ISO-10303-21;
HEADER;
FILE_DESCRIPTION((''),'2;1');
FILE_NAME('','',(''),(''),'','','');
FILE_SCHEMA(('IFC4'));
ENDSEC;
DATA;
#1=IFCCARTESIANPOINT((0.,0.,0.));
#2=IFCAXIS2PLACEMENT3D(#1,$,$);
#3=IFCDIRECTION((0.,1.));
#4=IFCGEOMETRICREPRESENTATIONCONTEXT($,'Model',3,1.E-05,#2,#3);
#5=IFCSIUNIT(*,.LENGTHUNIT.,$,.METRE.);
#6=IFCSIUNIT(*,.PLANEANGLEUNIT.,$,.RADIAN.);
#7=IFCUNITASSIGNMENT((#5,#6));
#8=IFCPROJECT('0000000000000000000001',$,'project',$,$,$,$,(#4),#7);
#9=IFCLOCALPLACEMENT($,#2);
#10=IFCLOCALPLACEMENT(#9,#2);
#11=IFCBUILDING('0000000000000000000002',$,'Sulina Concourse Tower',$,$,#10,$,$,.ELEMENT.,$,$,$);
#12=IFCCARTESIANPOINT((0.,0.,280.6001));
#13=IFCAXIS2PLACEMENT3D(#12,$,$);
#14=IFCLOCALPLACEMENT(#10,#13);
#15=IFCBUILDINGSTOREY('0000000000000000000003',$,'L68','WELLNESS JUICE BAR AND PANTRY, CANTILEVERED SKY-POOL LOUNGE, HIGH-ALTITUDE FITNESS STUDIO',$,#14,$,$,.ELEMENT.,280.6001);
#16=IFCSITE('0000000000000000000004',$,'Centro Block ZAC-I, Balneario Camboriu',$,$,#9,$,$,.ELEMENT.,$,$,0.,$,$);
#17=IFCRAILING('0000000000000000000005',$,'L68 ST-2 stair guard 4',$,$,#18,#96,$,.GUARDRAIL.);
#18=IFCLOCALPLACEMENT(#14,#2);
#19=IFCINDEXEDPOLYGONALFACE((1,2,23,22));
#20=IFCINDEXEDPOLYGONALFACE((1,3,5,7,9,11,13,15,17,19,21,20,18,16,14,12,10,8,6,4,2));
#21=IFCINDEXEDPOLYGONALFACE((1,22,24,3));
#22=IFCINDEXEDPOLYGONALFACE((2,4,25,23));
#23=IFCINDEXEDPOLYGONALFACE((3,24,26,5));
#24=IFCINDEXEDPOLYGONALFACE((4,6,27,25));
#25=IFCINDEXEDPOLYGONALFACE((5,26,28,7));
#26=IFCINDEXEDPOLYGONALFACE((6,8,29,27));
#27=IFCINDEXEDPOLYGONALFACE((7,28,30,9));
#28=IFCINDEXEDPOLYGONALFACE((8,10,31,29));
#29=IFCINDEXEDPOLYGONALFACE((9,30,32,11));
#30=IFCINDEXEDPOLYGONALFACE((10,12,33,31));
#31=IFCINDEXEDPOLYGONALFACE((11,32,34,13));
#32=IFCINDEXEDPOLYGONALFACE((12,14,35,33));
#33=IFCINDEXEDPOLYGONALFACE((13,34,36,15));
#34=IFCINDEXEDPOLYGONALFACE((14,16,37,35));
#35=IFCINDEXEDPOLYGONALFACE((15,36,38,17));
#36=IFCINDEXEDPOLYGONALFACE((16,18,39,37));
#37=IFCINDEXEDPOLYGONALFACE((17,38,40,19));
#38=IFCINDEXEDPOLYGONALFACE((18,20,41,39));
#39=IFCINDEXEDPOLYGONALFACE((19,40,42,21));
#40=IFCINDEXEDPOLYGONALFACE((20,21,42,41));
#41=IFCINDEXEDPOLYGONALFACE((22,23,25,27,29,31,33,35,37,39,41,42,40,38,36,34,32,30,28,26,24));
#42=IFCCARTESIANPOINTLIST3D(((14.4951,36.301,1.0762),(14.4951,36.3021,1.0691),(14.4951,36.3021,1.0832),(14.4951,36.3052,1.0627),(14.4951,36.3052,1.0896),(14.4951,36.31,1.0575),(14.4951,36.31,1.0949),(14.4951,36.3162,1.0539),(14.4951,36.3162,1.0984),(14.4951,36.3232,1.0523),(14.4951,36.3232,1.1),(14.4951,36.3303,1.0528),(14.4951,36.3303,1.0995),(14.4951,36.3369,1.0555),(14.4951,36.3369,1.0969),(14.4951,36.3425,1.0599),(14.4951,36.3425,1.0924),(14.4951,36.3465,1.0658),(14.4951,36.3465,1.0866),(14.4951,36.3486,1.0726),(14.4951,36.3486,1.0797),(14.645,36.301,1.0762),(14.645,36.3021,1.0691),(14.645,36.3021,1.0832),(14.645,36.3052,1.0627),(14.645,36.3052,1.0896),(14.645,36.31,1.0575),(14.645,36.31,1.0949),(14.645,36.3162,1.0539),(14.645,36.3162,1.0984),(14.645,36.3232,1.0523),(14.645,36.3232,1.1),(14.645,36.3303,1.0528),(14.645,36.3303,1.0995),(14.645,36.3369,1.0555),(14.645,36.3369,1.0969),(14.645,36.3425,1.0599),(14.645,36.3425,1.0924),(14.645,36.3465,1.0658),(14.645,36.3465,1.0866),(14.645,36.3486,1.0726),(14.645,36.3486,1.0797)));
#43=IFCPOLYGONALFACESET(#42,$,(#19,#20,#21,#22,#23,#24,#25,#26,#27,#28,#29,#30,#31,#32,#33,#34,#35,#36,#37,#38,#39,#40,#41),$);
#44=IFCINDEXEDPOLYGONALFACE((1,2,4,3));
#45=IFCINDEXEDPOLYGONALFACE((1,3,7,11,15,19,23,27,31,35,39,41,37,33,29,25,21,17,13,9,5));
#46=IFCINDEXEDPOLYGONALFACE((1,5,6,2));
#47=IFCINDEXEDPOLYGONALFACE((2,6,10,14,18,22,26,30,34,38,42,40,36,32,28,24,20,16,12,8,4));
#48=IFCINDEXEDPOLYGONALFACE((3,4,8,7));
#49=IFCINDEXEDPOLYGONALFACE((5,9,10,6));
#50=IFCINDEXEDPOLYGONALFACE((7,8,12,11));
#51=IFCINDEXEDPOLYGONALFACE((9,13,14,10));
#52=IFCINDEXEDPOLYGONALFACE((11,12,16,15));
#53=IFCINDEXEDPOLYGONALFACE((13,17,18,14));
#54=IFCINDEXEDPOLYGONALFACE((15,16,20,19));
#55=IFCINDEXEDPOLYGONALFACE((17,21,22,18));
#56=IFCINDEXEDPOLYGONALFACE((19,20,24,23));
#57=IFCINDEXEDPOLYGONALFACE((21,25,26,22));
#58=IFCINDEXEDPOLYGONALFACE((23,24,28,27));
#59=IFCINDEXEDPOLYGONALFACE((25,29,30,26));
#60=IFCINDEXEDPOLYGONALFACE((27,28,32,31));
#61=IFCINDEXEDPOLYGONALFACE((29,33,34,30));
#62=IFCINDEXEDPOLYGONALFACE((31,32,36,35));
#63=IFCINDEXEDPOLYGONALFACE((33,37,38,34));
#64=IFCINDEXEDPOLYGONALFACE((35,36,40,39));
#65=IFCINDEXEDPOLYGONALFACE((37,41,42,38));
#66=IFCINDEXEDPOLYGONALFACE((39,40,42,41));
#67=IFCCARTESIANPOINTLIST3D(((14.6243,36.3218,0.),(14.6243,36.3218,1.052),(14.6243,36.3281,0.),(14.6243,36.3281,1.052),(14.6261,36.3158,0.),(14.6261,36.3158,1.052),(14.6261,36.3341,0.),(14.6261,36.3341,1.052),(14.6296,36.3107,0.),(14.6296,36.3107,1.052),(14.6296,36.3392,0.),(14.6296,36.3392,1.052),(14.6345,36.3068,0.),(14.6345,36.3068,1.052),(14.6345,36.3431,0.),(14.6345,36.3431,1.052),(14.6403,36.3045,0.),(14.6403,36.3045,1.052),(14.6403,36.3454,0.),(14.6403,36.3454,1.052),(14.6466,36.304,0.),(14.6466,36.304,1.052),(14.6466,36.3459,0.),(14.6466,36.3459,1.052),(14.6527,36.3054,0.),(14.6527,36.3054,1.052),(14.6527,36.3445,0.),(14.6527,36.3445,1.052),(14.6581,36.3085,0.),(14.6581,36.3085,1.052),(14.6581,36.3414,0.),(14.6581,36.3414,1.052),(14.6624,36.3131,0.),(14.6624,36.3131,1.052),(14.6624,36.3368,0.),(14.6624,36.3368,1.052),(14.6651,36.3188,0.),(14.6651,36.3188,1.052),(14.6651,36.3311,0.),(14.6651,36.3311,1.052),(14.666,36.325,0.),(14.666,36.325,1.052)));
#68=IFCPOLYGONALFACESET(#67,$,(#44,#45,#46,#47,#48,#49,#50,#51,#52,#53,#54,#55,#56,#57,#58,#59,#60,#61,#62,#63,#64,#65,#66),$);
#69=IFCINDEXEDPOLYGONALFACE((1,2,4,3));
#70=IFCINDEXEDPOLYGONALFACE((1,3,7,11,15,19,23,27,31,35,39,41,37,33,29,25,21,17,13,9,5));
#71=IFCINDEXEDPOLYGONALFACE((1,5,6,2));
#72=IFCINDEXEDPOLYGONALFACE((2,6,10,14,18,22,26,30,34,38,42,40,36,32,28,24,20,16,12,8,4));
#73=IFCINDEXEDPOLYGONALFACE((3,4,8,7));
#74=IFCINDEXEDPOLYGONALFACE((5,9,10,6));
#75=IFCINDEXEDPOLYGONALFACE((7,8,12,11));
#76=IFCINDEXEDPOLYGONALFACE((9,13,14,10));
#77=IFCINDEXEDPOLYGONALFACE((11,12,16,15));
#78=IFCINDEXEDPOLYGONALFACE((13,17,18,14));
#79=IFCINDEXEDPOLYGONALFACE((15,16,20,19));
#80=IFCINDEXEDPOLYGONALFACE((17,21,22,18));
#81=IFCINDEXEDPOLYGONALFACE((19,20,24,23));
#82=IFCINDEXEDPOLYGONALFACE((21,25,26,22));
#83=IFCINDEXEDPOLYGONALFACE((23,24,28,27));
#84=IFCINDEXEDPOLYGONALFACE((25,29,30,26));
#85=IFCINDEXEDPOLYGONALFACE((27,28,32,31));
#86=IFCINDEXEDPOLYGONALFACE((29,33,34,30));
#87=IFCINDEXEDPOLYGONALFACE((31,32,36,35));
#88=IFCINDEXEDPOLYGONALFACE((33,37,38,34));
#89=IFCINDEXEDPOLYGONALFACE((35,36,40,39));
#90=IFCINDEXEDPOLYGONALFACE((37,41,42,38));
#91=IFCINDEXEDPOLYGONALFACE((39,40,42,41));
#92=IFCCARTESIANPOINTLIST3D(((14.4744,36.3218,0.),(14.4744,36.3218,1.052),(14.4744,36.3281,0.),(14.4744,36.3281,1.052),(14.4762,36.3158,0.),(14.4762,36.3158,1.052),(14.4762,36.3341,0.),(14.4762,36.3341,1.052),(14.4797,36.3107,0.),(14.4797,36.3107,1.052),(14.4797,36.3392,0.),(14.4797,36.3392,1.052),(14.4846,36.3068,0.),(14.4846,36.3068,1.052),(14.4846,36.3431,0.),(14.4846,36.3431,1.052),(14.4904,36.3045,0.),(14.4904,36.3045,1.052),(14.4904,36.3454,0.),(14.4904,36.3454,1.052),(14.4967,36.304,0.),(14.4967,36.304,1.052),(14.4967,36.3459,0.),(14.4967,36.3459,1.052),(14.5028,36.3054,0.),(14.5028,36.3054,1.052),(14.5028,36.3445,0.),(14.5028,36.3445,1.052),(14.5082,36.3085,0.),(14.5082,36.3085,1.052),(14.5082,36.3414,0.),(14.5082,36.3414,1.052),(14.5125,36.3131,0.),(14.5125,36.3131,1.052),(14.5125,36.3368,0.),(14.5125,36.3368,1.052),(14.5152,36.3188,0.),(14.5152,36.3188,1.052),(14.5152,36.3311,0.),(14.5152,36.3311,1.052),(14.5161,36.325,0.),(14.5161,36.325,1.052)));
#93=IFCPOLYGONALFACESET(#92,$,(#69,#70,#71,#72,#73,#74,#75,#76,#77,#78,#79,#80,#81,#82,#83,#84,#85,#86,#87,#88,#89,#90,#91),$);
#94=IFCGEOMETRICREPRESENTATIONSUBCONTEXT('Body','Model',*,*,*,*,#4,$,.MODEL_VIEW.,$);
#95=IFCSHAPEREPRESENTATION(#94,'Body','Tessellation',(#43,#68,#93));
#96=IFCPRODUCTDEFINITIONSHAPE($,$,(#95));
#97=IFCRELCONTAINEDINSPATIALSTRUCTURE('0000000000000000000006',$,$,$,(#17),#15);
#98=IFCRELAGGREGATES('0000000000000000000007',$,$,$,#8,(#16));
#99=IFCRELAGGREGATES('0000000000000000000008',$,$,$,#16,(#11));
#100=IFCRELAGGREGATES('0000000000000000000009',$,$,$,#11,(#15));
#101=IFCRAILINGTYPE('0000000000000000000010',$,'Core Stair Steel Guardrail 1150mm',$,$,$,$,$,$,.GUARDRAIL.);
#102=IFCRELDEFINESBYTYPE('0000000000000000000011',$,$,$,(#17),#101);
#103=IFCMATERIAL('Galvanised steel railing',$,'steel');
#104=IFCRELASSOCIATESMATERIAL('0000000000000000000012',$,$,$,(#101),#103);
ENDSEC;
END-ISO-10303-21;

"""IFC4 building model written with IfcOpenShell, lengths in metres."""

from ifc_helpers import new_model, si_unit, direction, frame, origin, origin_2d, place, context, subcontext, project, spatial, circle, extrude, material, type_object, element, save


model = new_model("IFC4")

# Units and contexts
model_context = context("Model", 3, precision=1e-05, world=origin(), true_north=direction((0.0, 1.0)))
body_context = subcontext(model_context, "Body", "Model", "MODEL_VIEW")
ifc_project = project(units=[si_unit("LENGTHUNIT", "METRE"), si_unit("PLANEANGLEUNIT", "RADIAN")], contexts=[model_context])

# Site, building, storey
site_placement = place(None, origin())
site = spatial("IfcSite", under=ifc_project, at=site_placement, Name="Centro Block ZAC-I, Balneario Camboriu", CompositionType="ELEMENT", RefElevation=0.0)
building_placement = place(site_placement, origin())
building = spatial("IfcBuilding", under=site, at=building_placement, Name="Sulina Concourse Tower", CompositionType="ELEMENT")
storey_placement = place(building_placement, frame((0.0, 0.0, 280.6001)))
storey = spatial("IfcBuildingStorey", under=building, at=storey_placement, Name="L68", Description="WELLNESS JUICE BAR AND PANTRY, CANTILEVERED SKY-POOL LOUNGE, HIGH-ALTITUDE FITNESS STUDIO", CompositionType="ELEMENT", Elevation=280.6001)

# Railing
ifc_material_1 = material(Name="Galvanised steel railing", Category="steel")
railing_type_1 = type_object("IfcRailingType", Name="Core Stair Steel Guardrail 1150mm", PredefinedType="GUARDRAIL", material=ifc_material_1)
railing_1_placement = place(storey_placement, frame((14.645, 36.325, 0.0)))
element("IfcRailing", 1, at=railing_1_placement, inside=storey, type_object=railing_type_1, Name="L68 ST-2 stair guard 4", PredefinedType="GUARDRAIL", context=body_context, shape_type="SweptSolid", body=[
    extrude(circle(Radius=0.0239, at=origin_2d()), frame((0.0, 0.0, 1.0762), z_axis=(-1.0, 0.0, 0.0), x_axis=(0.0, -1.0, 0.0)), (0.0, 0.0, 1.0), 0.1499),
    extrude(circle(Radius=0.021, at=origin_2d()), origin(), (0.0, 0.0, 1.0), 1.052),
    extrude(circle(Radius=0.021, at=origin_2d()), frame((-0.1499, 0.0, 0.0)), (0.0, 0.0, 1.0), 1.052),
])

save(model, "model.ifc")
